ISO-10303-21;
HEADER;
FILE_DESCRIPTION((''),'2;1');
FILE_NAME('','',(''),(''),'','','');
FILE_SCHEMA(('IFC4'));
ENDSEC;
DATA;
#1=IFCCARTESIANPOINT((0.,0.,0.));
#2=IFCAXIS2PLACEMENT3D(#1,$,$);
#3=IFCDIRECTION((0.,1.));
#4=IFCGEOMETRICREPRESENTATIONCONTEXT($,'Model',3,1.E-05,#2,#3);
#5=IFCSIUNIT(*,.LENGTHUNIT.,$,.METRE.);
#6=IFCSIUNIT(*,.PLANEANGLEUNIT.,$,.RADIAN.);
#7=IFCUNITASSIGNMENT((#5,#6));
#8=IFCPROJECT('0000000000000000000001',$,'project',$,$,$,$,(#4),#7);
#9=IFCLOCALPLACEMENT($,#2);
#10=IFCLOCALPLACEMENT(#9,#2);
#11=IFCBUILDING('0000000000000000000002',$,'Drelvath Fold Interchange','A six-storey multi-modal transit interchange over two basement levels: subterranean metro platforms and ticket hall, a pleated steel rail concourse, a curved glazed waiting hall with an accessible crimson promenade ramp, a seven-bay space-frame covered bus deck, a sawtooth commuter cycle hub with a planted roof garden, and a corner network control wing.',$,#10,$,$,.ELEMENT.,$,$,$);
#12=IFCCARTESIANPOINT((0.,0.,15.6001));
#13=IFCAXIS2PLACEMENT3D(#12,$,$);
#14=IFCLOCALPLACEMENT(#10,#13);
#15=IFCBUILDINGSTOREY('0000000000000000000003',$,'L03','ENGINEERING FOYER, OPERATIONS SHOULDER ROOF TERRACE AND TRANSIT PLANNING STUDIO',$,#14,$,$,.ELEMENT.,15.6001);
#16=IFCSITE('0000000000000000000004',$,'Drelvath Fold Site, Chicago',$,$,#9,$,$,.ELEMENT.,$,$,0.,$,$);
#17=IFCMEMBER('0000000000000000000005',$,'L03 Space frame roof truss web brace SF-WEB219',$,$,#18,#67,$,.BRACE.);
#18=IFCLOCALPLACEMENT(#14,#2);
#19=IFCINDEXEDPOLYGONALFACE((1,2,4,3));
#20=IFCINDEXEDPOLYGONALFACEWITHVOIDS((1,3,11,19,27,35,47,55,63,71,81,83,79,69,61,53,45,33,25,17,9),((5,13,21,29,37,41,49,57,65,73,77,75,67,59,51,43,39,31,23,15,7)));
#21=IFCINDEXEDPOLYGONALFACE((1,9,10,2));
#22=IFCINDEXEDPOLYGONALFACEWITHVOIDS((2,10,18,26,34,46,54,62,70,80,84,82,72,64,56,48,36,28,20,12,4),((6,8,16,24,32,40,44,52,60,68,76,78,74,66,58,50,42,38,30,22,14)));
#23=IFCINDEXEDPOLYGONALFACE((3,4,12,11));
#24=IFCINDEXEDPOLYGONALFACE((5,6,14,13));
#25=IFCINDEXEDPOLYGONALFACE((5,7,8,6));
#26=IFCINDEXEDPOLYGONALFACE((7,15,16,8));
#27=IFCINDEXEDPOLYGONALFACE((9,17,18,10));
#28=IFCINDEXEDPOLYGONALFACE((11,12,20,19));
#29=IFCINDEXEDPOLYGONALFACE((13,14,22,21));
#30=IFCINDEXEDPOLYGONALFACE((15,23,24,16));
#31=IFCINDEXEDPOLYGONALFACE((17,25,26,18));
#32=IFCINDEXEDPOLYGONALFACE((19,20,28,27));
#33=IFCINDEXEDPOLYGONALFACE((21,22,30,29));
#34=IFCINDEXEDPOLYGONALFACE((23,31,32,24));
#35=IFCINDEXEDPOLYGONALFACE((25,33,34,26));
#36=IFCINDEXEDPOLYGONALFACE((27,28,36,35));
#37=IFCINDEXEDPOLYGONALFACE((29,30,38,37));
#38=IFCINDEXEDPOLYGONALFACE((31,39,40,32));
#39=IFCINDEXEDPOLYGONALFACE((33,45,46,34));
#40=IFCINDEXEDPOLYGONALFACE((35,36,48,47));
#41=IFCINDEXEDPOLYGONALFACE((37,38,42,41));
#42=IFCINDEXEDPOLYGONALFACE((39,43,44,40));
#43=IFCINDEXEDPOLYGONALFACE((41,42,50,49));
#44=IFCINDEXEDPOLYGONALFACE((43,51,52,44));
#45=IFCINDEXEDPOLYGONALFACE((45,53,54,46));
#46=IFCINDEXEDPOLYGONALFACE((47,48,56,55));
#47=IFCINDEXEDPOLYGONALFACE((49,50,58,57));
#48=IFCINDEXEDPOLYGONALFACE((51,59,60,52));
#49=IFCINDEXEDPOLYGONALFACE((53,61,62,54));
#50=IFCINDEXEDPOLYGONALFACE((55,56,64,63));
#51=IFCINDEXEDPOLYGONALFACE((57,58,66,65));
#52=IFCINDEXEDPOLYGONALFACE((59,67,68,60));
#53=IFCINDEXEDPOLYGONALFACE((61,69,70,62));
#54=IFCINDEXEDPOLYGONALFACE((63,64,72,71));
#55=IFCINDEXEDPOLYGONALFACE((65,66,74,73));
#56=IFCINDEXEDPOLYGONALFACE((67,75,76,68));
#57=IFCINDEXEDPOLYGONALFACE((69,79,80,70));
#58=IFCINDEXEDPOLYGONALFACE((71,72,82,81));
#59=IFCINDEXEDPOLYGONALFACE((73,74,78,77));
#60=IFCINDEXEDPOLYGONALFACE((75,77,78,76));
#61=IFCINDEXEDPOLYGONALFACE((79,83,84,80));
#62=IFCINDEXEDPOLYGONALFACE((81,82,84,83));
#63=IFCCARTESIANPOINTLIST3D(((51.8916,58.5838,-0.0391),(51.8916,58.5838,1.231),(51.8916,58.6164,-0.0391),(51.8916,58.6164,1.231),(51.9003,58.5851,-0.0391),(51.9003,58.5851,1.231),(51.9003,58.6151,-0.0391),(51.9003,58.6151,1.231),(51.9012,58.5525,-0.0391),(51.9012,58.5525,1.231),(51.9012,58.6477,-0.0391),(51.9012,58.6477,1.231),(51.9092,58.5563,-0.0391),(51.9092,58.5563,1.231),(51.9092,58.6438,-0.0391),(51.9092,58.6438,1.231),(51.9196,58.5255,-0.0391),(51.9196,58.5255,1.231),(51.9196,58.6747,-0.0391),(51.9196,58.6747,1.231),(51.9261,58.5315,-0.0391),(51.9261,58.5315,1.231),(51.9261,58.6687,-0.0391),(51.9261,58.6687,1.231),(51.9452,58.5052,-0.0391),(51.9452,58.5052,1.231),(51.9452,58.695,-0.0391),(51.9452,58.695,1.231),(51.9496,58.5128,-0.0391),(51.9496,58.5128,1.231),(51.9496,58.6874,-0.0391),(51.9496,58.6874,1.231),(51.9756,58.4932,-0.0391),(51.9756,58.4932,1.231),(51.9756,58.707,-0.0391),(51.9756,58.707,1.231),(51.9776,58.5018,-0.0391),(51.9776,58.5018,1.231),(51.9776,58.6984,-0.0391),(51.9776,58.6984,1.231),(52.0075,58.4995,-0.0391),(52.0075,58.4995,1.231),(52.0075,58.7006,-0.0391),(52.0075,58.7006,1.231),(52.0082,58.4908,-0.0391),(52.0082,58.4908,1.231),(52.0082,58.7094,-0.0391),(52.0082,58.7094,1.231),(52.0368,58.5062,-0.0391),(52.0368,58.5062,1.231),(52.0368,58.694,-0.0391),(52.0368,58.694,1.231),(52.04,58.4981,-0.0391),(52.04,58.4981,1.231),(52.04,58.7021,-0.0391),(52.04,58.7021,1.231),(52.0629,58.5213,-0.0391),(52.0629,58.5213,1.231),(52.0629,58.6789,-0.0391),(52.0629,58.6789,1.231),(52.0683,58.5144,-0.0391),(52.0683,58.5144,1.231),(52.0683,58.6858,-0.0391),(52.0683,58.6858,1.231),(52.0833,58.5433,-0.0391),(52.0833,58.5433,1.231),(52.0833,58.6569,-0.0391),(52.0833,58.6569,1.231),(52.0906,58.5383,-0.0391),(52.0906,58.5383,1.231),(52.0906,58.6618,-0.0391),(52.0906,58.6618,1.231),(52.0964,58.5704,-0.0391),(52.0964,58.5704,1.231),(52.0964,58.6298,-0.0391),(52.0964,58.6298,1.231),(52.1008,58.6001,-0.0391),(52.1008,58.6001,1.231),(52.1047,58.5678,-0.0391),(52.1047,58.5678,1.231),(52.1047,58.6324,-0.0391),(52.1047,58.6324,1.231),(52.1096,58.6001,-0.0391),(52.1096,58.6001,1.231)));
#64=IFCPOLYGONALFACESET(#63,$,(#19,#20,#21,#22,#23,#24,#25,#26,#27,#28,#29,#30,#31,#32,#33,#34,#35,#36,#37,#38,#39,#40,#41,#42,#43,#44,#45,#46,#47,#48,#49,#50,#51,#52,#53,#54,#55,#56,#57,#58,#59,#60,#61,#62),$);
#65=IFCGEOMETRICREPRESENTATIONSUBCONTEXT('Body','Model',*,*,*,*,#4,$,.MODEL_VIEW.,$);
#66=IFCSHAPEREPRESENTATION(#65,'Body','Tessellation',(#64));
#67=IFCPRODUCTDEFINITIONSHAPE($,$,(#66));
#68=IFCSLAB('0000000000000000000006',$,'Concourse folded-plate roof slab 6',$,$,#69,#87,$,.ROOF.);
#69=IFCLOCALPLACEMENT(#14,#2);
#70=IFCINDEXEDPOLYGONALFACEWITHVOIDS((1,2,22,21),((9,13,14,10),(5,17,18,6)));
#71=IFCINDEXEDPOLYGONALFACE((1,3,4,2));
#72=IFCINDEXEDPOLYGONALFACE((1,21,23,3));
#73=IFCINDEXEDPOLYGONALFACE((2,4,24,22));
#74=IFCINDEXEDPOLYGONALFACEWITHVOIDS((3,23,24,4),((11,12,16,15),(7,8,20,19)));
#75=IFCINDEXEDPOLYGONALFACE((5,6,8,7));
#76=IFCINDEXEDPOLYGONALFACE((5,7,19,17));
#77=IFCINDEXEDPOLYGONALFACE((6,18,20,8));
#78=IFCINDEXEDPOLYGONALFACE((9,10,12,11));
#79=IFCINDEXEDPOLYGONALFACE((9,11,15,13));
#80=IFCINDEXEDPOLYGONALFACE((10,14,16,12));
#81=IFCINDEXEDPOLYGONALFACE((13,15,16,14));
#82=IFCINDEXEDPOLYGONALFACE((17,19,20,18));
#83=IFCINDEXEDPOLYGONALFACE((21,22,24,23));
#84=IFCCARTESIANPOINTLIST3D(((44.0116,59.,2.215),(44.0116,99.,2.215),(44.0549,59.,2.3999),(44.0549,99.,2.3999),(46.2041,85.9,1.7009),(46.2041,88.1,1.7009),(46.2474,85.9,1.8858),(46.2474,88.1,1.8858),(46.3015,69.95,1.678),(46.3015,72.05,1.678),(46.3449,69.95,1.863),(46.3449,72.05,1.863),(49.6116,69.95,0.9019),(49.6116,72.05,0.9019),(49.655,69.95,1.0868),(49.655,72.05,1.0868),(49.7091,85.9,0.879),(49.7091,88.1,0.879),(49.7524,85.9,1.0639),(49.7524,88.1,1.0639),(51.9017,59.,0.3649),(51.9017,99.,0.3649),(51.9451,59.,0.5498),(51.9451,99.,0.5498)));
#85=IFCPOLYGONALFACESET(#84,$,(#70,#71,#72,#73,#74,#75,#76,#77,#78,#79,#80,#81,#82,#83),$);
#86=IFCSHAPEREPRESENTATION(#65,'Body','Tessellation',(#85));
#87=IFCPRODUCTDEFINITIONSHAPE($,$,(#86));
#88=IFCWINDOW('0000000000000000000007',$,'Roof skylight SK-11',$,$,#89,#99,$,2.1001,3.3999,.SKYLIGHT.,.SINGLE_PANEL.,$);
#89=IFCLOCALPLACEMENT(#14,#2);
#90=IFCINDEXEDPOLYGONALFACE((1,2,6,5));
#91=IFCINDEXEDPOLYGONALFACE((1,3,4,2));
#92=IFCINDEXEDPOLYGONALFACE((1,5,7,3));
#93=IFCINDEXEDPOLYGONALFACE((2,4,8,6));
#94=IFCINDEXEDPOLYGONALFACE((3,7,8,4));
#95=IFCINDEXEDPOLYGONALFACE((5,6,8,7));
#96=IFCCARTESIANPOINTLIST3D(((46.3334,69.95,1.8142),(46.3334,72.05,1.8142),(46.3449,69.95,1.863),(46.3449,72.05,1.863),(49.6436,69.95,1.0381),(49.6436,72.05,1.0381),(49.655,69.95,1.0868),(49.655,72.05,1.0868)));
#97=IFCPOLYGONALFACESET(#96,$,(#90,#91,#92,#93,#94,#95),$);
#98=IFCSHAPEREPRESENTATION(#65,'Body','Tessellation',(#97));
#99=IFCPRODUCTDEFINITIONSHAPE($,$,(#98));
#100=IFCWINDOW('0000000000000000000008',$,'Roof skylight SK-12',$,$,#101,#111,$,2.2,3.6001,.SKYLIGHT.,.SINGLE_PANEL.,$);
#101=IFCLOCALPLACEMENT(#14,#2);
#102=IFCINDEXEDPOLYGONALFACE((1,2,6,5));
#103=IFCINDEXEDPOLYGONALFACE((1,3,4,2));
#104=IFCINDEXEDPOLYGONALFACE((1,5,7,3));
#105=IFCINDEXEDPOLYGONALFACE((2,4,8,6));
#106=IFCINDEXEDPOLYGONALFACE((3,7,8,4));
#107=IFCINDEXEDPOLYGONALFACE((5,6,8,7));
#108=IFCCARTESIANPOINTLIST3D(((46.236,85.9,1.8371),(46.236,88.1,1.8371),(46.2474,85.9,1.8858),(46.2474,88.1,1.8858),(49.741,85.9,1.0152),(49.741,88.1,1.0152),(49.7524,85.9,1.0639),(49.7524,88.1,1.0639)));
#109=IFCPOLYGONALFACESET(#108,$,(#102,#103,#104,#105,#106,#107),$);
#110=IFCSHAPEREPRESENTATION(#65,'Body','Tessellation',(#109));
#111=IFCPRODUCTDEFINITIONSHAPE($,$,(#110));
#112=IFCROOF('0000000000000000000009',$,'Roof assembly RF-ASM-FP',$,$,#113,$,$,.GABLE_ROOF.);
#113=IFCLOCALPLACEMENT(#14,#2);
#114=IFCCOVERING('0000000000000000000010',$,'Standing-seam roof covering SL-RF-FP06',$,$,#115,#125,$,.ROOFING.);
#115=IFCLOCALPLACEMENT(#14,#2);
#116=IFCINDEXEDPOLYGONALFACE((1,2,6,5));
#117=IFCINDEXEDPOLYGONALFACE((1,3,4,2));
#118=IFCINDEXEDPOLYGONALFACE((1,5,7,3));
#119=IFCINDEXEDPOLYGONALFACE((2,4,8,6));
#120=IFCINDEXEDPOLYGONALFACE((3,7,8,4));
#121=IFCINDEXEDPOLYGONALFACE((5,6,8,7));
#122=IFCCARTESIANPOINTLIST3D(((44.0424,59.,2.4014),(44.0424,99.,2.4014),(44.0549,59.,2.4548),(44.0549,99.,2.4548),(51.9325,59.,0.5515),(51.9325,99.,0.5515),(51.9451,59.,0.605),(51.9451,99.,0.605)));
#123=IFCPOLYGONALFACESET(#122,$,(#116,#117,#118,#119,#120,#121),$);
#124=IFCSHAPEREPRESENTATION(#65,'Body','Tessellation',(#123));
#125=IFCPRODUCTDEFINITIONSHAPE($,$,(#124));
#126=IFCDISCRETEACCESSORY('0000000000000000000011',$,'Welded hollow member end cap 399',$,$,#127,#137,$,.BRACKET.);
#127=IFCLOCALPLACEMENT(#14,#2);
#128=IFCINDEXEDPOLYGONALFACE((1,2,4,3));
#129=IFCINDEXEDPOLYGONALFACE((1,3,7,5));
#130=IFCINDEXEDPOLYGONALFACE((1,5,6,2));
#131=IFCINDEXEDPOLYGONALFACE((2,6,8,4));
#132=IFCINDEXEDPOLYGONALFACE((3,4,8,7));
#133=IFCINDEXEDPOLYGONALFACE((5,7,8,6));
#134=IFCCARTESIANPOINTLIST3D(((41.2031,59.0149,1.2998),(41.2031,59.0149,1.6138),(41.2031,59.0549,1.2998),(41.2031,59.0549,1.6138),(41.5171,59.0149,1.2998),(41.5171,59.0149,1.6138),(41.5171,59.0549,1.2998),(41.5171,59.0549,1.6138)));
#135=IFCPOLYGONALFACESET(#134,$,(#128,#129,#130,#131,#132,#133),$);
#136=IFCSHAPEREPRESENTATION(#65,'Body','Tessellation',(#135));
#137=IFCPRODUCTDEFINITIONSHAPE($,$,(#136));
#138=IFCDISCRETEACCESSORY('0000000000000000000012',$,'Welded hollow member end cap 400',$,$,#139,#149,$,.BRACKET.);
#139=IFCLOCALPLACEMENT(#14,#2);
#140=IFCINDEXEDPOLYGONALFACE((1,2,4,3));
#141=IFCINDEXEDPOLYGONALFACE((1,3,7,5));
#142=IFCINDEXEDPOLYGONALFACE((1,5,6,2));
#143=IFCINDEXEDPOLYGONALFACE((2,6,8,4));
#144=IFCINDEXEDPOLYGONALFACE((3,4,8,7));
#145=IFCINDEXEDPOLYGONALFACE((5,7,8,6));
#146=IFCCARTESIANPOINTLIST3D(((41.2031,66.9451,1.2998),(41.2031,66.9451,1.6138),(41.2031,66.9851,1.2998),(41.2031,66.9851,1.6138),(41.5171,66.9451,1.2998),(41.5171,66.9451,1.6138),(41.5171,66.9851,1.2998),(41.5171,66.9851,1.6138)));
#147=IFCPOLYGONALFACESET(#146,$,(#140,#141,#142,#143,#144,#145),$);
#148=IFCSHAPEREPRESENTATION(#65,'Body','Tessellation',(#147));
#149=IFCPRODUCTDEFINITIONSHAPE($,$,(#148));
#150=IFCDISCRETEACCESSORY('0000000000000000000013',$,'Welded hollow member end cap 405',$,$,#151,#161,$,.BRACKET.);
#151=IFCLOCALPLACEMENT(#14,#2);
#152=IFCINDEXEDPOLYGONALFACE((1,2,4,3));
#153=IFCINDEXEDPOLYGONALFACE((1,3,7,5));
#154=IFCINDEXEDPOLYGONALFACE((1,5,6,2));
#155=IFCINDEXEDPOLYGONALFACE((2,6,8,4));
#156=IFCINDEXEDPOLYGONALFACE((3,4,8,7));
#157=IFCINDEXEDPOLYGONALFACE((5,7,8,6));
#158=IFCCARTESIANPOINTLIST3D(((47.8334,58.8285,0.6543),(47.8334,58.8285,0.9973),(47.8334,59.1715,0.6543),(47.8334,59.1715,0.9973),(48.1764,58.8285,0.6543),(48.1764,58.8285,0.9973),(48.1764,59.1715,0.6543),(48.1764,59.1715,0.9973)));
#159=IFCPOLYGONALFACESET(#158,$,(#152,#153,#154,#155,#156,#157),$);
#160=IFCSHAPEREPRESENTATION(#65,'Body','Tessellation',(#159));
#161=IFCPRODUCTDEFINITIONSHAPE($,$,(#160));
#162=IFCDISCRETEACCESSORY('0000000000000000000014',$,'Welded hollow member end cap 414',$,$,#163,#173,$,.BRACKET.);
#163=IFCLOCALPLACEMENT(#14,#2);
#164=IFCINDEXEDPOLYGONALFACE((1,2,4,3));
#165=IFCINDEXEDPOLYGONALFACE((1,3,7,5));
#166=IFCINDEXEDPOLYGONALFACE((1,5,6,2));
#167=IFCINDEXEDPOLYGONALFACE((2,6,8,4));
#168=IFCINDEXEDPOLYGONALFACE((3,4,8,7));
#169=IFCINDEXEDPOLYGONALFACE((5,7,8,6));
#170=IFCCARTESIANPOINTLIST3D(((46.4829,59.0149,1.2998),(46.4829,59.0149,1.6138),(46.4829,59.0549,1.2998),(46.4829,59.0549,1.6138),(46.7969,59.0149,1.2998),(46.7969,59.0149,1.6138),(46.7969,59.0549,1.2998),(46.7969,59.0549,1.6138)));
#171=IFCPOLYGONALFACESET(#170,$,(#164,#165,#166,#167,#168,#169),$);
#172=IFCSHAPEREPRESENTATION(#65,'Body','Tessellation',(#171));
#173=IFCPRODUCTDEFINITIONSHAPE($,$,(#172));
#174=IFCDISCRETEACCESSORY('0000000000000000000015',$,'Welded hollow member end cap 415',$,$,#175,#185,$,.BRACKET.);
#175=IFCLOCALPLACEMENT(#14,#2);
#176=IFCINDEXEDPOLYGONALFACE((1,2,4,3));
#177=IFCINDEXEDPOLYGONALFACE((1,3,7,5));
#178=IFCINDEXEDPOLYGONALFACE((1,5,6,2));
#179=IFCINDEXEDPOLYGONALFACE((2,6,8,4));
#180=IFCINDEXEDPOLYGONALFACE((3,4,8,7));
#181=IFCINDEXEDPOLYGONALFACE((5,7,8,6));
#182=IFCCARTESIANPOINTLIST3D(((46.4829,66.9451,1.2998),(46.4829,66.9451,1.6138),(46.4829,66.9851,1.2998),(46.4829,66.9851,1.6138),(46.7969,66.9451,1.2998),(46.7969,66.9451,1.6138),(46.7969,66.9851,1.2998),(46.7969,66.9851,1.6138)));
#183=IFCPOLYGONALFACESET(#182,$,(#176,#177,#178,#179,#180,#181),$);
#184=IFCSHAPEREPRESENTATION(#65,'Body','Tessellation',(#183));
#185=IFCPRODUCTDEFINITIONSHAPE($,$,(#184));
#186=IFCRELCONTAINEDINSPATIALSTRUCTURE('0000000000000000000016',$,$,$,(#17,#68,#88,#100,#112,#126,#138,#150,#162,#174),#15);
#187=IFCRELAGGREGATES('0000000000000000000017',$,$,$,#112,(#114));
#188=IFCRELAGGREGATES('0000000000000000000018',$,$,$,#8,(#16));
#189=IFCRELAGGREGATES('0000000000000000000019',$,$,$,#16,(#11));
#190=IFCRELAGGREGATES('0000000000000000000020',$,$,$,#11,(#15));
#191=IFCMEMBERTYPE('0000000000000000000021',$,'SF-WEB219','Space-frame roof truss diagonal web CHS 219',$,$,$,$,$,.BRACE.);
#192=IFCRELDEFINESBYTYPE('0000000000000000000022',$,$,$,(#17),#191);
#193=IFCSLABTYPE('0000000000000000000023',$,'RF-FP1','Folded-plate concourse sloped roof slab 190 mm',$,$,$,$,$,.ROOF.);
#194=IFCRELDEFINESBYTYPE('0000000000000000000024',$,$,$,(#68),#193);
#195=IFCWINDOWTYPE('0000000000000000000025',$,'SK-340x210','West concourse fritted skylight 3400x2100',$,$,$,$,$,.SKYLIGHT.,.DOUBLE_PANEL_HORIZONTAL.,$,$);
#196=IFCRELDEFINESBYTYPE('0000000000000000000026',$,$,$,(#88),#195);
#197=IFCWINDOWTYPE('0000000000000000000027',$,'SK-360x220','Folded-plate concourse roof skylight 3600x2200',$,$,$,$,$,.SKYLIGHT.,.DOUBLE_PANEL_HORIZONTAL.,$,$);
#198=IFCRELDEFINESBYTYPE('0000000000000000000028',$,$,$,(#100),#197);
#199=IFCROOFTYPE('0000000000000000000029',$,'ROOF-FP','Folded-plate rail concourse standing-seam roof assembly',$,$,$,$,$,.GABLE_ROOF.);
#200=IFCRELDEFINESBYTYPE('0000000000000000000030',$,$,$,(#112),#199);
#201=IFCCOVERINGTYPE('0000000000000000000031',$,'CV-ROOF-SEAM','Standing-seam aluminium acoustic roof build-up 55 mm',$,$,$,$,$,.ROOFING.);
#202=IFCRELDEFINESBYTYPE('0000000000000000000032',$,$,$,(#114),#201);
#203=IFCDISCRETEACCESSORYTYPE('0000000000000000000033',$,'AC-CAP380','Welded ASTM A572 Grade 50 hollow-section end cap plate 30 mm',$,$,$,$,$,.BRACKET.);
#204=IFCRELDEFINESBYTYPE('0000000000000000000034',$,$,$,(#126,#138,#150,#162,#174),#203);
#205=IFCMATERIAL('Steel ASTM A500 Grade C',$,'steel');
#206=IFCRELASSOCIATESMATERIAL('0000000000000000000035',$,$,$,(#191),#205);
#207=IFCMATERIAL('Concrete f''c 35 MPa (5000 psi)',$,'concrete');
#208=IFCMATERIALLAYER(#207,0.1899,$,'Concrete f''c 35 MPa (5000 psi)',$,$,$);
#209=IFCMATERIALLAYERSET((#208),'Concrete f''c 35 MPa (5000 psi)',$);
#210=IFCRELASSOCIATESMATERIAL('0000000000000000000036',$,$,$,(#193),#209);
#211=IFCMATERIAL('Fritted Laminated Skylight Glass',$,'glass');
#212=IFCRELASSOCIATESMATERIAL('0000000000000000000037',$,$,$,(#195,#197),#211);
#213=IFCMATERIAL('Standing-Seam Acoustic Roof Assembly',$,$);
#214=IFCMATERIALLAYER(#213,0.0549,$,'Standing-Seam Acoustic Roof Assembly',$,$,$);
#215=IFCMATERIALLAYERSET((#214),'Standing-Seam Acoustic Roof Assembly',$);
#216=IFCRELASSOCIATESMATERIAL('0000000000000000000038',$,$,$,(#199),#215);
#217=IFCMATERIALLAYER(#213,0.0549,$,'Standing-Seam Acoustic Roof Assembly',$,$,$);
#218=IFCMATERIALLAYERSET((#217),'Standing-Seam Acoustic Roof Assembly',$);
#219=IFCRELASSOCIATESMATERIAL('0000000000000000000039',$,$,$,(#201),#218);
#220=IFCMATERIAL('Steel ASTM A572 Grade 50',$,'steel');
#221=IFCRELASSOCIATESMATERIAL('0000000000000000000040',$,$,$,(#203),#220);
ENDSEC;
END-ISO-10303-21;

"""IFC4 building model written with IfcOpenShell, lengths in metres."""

from ifc_helpers import new_model, si_unit, direction, frame, origin, origin_2d, place, context, subcontext, project, spatial, polyline, rectangle, hollow_circle, outline, extrude, material, layer, layer_set, material_profile, profile_set, type_object, element, fill, aggregate, save


model = new_model("IFC4")

# Units and contexts
model_context = context("Model", 3, precision=1e-05, world=origin(), true_north=direction((0.0, 1.0)))
body_context = subcontext(model_context, "Body", "Model", "MODEL_VIEW")
ifc_project = project(units=[si_unit("LENGTHUNIT", "METRE"), si_unit("PLANEANGLEUNIT", "RADIAN")], contexts=[model_context])

# Site, building, storey
site_placement = place(None, origin())
site = spatial("IfcSite", under=ifc_project, at=site_placement, Name="Drelvath Fold Site, Chicago", CompositionType="ELEMENT", RefElevation=0.0)
building_placement = place(site_placement, origin())
building = spatial("IfcBuilding", under=site, at=building_placement, Name="Drelvath Fold Interchange", Description="A six-storey multi-modal transit interchange over two basement levels: subterranean metro platforms and ticket hall, a pleated steel rail concourse, a curved glazed waiting hall with an accessible crimson promenade ramp, a seven-bay space-frame covered bus deck, a sawtooth commuter cycle hub with a planted roof garden, and a corner network control wing.", CompositionType="ELEMENT")
storey_placement = place(building_placement, frame((0.0, 0.0, 15.6001)))
storey = spatial("IfcBuildingStorey", under=building, at=storey_placement, Name="L03", Description="ENGINEERING FOYER, OPERATIONS SHOULDER ROOF TERRACE AND TRANSIT PLANNING STUDIO", CompositionType="ELEMENT", Elevation=15.6001)

# Member
ifc_material_1 = material(Name="Steel ASTM A500 Grade C", Category="steel")
ifc_material_profile_1 = material_profile(ifc_material_1, hollow_circle(Radius=0.1096, WallThickness=0.0088, at=origin_2d()), Name="HSS8.625X0.375")
ifc_profile_set_1 = profile_set([ifc_material_profile_1], Name="Steel ASTM A500 Grade C")
member_type_1 = type_object("IfcMemberType", Name="SF-WEB219", Description="Space-frame roof truss diagonal web CHS 219", PredefinedType="BRACE", material=ifc_profile_set_1)
for number, where, z_axis, x_axis, name in (
    (1, (52.0, 58.6001, -0.0391), (0.0, 0.0, 1.0), (1.0, 0.0, 0.0), "L03 Space frame roof truss web brace SF-WEB219"),
):
    element("IfcMember", number, at=place(storey_placement, frame(where, z_axis=z_axis, x_axis=x_axis)), inside=storey, type_object=member_type_1, Name=name, PredefinedType="BRACE", context=body_context, shape_type="SweptSolid", body=[
        extrude(hollow_circle(Radius=0.1096, WallThickness=0.0088, at=origin_2d()), origin(), (0.0, 0.0, 1.0), 1.27),
    ])

# Slab, openings, windows
ifc_material_2 = material(Name="Concrete f'c 35 MPa (5000 psi)", Category="concrete")
ifc_layer_1 = layer(ifc_material_2, 0.1899, Name="Concrete f'c 35 MPa (5000 psi)")
ifc_layer_set_1 = layer_set([ifc_layer_1], Name="Concrete f'c 35 MPa (5000 psi)")
slab_type = type_object("IfcSlabType", Name="RF-FP1", Description="Folded-plate concourse sloped roof slab 190 mm", PredefinedType="ROOF", material=ifc_layer_set_1)
slab_placement = place(storey_placement, frame((44.0549, 59.0, 2.3999), z_axis=(0.22829, 0.0, 0.973593), x_axis=(0.973593, 0.0, -0.22829)))
slab = element("IfcSlab", 2, at=slab_placement, inside=storey, type_object=slab_type, Name="Concourse folded-plate roof slab 6", PredefinedType="ROOF", context=body_context, shape_type="SweptSolid", body=[
    extrude(outline(polyline([(0.0, 0.0), (8.1041, 0.0), (8.1041, 40.0), (0.0, 40.0), (0.0, 0.0)])), origin(), (0.0, 0.0, -1.0), 0.1899),
])
opening_1_placement = place(slab_placement, frame((4.052, 12.0, 0.01)))
opening_1 = element("IfcOpeningElement", 3, at=opening_1_placement, cuts=slab, PredefinedType="OPENING", context=body_context, shape_type="SweptSolid", body=[
    extrude(rectangle(XDim=3.3999, YDim=2.1001, at=origin_2d()), origin(), (0.0, 0.0, -1.0), 0.21),
])
opening_2_placement = place(slab_placement, frame((4.052, 28.0, 0.01)))
opening_2 = element("IfcOpeningElement", 4, at=opening_2_placement, cuts=slab, PredefinedType="OPENING", context=body_context, shape_type="SweptSolid", body=[
    extrude(rectangle(XDim=3.6001, YDim=2.2, at=origin_2d()), origin(), (0.0, 0.0, -1.0), 0.21),
])
ifc_material_3 = material(Name="Fritted Laminated Skylight Glass", Category="glass")
window_type_1 = type_object("IfcWindowType", Name="SK-340x210", Description="West concourse fritted skylight 3400x2100", PartitioningType="DOUBLE_PANEL_HORIZONTAL", PredefinedType="SKYLIGHT", material=ifc_material_3)
window_1_placement = place(slab_placement, frame((4.052, 12.0, 0.0)))
window_1 = element("IfcWindow", 5, at=window_1_placement, inside=storey, type_object=window_type_1, Name="Roof skylight SK-11", OverallHeight=2.1001, OverallWidth=3.3999, PartitioningType="SINGLE_PANEL", PredefinedType="SKYLIGHT", context=body_context, shape_type="SweptSolid", body=[
    extrude(rectangle(XDim=3.3999, YDim=2.1001, at=origin_2d()), origin(), (0.0, 0.0, -1.0), 0.05),
])
fill(opening_1, window_1)
window_type_2 = type_object("IfcWindowType", Name="SK-360x220", Description="Folded-plate concourse roof skylight 3600x2200", PartitioningType="DOUBLE_PANEL_HORIZONTAL", PredefinedType="SKYLIGHT", material=ifc_material_3)
window_2_placement = place(slab_placement, frame((4.052, 28.0, 0.0)))
window_2 = element("IfcWindow", 6, at=window_2_placement, inside=storey, type_object=window_type_2, Name="Roof skylight SK-12", OverallHeight=2.2, OverallWidth=3.6001, PartitioningType="SINGLE_PANEL", PredefinedType="SKYLIGHT", context=body_context, shape_type="SweptSolid", body=[
    extrude(rectangle(XDim=3.6001, YDim=2.2, at=origin_2d()), origin(), (0.0, 0.0, -1.0), 0.05),
])
fill(opening_2, window_2)

# Roof, covering
ifc_material_4 = material(Name="Standing-Seam Acoustic Roof Assembly")
ifc_layer_2 = layer(ifc_material_4, 0.0549, Name="Standing-Seam Acoustic Roof Assembly")
ifc_layer_set_2 = layer_set([ifc_layer_2], Name="Standing-Seam Acoustic Roof Assembly")
roof_type = type_object("IfcRoofType", Name="ROOF-FP", Description="Folded-plate rail concourse standing-seam roof assembly", PredefinedType="GABLE_ROOF", material=ifc_layer_set_2)
roof_placement = place(storey_placement, origin())
roof = element("IfcRoof", 7, at=roof_placement, inside=storey, type_object=roof_type, Name="Roof assembly RF-ASM-FP", PredefinedType="GABLE_ROOF")
ifc_layer_3 = layer(ifc_material_4, 0.0549, Name="Standing-Seam Acoustic Roof Assembly")
ifc_layer_set_3 = layer_set([ifc_layer_3], Name="Standing-Seam Acoustic Roof Assembly")
covering_type = type_object("IfcCoveringType", Name="CV-ROOF-SEAM", Description="Standing-seam aluminium acoustic roof build-up 55 mm", PredefinedType="ROOFING", material=ifc_layer_set_3)
covering_placement = place(storey_placement, frame((44.0549, 59.0, 2.4548), z_axis=(0.228262, 0.0, 0.9736), x_axis=(0.9736, 0.0, -0.228262)))
covering = element("IfcCovering", 8, at=covering_placement, type_object=covering_type, Name="Standing-seam roof covering SL-RF-FP06", PredefinedType="ROOFING", context=body_context, shape_type="SweptSolid", body=[
    extrude(outline(polyline([(0.0, 0.0), (8.1041, 0.0), (8.1041, 40.0), (0.0, 40.0), (0.0, 0.0)])), origin(), (0.0, 0.0, -1.0), 0.0549),
])
aggregate(roof, [covering])

# Discrete accessories
ifc_material_5 = material(Name="Steel ASTM A572 Grade 50", Category="steel")
discrete_accessory_type = type_object("IfcDiscreteAccessoryType", Name="AC-CAP380", Description="Welded ASTM A572 Grade 50 hollow-section end cap plate 30 mm", PredefinedType="BRACKET", material=ifc_material_5)
for number, where, z_axis, x_axis, name in (
    (9, (41.3601, 59.0349, 1.2998), (0.0, 0.0, 1.0), (1.0, 0.0, 0.0), "Welded hollow member end cap 399"),
    (10, (41.3601, 66.9651, 1.2998), (0.0, 0.0, 1.0), (1.0, 0.0, 0.0), "Welded hollow member end cap 400"),
):
    element("IfcDiscreteAccessory", number, at=place(storey_placement, frame(where, z_axis=z_axis, x_axis=x_axis)), inside=storey, type_object=discrete_accessory_type, Name=name, PredefinedType="BRACKET", context=body_context, shape_type="SweptSolid", body=[
        extrude(rectangle(XDim=0.314, YDim=0.04, at=origin_2d()), origin(), (0.0, 0.0, 1.0), 0.314),
    ])
discrete_accessory_placement = place(storey_placement, frame((48.0049, 59.0, 0.6543), z_axis=(0.0, 0.0, 1.0), x_axis=(1.0, 0.0, 0.0)))
element("IfcDiscreteAccessory", 11, at=discrete_accessory_placement, inside=storey, type_object=discrete_accessory_type, Name="Welded hollow member end cap 405", PredefinedType="BRACKET", context=body_context, shape_type="SweptSolid", body=[
    extrude(rectangle(XDim=0.343, YDim=0.343, at=origin_2d()), origin(), (0.0, 0.0, 1.0), 0.343),
])
for number, where, z_axis, x_axis, name in (
    (12, (46.6399, 59.0349, 1.2998), (0.0, 0.0, 1.0), (1.0, 0.0, 0.0), "Welded hollow member end cap 414"),
    (13, (46.6399, 66.9651, 1.2998), (0.0, 0.0, 1.0), (1.0, 0.0, 0.0), "Welded hollow member end cap 415"),
):
    element("IfcDiscreteAccessory", number, at=place(storey_placement, frame(where, z_axis=z_axis, x_axis=x_axis)), inside=storey, type_object=discrete_accessory_type, Name=name, PredefinedType="BRACKET", context=body_context, shape_type="SweptSolid", body=[
        extrude(rectangle(XDim=0.314, YDim=0.04, at=origin_2d()), origin(), (0.0, 0.0, 1.0), 0.314),
    ])

save(model, "model.ifc")
